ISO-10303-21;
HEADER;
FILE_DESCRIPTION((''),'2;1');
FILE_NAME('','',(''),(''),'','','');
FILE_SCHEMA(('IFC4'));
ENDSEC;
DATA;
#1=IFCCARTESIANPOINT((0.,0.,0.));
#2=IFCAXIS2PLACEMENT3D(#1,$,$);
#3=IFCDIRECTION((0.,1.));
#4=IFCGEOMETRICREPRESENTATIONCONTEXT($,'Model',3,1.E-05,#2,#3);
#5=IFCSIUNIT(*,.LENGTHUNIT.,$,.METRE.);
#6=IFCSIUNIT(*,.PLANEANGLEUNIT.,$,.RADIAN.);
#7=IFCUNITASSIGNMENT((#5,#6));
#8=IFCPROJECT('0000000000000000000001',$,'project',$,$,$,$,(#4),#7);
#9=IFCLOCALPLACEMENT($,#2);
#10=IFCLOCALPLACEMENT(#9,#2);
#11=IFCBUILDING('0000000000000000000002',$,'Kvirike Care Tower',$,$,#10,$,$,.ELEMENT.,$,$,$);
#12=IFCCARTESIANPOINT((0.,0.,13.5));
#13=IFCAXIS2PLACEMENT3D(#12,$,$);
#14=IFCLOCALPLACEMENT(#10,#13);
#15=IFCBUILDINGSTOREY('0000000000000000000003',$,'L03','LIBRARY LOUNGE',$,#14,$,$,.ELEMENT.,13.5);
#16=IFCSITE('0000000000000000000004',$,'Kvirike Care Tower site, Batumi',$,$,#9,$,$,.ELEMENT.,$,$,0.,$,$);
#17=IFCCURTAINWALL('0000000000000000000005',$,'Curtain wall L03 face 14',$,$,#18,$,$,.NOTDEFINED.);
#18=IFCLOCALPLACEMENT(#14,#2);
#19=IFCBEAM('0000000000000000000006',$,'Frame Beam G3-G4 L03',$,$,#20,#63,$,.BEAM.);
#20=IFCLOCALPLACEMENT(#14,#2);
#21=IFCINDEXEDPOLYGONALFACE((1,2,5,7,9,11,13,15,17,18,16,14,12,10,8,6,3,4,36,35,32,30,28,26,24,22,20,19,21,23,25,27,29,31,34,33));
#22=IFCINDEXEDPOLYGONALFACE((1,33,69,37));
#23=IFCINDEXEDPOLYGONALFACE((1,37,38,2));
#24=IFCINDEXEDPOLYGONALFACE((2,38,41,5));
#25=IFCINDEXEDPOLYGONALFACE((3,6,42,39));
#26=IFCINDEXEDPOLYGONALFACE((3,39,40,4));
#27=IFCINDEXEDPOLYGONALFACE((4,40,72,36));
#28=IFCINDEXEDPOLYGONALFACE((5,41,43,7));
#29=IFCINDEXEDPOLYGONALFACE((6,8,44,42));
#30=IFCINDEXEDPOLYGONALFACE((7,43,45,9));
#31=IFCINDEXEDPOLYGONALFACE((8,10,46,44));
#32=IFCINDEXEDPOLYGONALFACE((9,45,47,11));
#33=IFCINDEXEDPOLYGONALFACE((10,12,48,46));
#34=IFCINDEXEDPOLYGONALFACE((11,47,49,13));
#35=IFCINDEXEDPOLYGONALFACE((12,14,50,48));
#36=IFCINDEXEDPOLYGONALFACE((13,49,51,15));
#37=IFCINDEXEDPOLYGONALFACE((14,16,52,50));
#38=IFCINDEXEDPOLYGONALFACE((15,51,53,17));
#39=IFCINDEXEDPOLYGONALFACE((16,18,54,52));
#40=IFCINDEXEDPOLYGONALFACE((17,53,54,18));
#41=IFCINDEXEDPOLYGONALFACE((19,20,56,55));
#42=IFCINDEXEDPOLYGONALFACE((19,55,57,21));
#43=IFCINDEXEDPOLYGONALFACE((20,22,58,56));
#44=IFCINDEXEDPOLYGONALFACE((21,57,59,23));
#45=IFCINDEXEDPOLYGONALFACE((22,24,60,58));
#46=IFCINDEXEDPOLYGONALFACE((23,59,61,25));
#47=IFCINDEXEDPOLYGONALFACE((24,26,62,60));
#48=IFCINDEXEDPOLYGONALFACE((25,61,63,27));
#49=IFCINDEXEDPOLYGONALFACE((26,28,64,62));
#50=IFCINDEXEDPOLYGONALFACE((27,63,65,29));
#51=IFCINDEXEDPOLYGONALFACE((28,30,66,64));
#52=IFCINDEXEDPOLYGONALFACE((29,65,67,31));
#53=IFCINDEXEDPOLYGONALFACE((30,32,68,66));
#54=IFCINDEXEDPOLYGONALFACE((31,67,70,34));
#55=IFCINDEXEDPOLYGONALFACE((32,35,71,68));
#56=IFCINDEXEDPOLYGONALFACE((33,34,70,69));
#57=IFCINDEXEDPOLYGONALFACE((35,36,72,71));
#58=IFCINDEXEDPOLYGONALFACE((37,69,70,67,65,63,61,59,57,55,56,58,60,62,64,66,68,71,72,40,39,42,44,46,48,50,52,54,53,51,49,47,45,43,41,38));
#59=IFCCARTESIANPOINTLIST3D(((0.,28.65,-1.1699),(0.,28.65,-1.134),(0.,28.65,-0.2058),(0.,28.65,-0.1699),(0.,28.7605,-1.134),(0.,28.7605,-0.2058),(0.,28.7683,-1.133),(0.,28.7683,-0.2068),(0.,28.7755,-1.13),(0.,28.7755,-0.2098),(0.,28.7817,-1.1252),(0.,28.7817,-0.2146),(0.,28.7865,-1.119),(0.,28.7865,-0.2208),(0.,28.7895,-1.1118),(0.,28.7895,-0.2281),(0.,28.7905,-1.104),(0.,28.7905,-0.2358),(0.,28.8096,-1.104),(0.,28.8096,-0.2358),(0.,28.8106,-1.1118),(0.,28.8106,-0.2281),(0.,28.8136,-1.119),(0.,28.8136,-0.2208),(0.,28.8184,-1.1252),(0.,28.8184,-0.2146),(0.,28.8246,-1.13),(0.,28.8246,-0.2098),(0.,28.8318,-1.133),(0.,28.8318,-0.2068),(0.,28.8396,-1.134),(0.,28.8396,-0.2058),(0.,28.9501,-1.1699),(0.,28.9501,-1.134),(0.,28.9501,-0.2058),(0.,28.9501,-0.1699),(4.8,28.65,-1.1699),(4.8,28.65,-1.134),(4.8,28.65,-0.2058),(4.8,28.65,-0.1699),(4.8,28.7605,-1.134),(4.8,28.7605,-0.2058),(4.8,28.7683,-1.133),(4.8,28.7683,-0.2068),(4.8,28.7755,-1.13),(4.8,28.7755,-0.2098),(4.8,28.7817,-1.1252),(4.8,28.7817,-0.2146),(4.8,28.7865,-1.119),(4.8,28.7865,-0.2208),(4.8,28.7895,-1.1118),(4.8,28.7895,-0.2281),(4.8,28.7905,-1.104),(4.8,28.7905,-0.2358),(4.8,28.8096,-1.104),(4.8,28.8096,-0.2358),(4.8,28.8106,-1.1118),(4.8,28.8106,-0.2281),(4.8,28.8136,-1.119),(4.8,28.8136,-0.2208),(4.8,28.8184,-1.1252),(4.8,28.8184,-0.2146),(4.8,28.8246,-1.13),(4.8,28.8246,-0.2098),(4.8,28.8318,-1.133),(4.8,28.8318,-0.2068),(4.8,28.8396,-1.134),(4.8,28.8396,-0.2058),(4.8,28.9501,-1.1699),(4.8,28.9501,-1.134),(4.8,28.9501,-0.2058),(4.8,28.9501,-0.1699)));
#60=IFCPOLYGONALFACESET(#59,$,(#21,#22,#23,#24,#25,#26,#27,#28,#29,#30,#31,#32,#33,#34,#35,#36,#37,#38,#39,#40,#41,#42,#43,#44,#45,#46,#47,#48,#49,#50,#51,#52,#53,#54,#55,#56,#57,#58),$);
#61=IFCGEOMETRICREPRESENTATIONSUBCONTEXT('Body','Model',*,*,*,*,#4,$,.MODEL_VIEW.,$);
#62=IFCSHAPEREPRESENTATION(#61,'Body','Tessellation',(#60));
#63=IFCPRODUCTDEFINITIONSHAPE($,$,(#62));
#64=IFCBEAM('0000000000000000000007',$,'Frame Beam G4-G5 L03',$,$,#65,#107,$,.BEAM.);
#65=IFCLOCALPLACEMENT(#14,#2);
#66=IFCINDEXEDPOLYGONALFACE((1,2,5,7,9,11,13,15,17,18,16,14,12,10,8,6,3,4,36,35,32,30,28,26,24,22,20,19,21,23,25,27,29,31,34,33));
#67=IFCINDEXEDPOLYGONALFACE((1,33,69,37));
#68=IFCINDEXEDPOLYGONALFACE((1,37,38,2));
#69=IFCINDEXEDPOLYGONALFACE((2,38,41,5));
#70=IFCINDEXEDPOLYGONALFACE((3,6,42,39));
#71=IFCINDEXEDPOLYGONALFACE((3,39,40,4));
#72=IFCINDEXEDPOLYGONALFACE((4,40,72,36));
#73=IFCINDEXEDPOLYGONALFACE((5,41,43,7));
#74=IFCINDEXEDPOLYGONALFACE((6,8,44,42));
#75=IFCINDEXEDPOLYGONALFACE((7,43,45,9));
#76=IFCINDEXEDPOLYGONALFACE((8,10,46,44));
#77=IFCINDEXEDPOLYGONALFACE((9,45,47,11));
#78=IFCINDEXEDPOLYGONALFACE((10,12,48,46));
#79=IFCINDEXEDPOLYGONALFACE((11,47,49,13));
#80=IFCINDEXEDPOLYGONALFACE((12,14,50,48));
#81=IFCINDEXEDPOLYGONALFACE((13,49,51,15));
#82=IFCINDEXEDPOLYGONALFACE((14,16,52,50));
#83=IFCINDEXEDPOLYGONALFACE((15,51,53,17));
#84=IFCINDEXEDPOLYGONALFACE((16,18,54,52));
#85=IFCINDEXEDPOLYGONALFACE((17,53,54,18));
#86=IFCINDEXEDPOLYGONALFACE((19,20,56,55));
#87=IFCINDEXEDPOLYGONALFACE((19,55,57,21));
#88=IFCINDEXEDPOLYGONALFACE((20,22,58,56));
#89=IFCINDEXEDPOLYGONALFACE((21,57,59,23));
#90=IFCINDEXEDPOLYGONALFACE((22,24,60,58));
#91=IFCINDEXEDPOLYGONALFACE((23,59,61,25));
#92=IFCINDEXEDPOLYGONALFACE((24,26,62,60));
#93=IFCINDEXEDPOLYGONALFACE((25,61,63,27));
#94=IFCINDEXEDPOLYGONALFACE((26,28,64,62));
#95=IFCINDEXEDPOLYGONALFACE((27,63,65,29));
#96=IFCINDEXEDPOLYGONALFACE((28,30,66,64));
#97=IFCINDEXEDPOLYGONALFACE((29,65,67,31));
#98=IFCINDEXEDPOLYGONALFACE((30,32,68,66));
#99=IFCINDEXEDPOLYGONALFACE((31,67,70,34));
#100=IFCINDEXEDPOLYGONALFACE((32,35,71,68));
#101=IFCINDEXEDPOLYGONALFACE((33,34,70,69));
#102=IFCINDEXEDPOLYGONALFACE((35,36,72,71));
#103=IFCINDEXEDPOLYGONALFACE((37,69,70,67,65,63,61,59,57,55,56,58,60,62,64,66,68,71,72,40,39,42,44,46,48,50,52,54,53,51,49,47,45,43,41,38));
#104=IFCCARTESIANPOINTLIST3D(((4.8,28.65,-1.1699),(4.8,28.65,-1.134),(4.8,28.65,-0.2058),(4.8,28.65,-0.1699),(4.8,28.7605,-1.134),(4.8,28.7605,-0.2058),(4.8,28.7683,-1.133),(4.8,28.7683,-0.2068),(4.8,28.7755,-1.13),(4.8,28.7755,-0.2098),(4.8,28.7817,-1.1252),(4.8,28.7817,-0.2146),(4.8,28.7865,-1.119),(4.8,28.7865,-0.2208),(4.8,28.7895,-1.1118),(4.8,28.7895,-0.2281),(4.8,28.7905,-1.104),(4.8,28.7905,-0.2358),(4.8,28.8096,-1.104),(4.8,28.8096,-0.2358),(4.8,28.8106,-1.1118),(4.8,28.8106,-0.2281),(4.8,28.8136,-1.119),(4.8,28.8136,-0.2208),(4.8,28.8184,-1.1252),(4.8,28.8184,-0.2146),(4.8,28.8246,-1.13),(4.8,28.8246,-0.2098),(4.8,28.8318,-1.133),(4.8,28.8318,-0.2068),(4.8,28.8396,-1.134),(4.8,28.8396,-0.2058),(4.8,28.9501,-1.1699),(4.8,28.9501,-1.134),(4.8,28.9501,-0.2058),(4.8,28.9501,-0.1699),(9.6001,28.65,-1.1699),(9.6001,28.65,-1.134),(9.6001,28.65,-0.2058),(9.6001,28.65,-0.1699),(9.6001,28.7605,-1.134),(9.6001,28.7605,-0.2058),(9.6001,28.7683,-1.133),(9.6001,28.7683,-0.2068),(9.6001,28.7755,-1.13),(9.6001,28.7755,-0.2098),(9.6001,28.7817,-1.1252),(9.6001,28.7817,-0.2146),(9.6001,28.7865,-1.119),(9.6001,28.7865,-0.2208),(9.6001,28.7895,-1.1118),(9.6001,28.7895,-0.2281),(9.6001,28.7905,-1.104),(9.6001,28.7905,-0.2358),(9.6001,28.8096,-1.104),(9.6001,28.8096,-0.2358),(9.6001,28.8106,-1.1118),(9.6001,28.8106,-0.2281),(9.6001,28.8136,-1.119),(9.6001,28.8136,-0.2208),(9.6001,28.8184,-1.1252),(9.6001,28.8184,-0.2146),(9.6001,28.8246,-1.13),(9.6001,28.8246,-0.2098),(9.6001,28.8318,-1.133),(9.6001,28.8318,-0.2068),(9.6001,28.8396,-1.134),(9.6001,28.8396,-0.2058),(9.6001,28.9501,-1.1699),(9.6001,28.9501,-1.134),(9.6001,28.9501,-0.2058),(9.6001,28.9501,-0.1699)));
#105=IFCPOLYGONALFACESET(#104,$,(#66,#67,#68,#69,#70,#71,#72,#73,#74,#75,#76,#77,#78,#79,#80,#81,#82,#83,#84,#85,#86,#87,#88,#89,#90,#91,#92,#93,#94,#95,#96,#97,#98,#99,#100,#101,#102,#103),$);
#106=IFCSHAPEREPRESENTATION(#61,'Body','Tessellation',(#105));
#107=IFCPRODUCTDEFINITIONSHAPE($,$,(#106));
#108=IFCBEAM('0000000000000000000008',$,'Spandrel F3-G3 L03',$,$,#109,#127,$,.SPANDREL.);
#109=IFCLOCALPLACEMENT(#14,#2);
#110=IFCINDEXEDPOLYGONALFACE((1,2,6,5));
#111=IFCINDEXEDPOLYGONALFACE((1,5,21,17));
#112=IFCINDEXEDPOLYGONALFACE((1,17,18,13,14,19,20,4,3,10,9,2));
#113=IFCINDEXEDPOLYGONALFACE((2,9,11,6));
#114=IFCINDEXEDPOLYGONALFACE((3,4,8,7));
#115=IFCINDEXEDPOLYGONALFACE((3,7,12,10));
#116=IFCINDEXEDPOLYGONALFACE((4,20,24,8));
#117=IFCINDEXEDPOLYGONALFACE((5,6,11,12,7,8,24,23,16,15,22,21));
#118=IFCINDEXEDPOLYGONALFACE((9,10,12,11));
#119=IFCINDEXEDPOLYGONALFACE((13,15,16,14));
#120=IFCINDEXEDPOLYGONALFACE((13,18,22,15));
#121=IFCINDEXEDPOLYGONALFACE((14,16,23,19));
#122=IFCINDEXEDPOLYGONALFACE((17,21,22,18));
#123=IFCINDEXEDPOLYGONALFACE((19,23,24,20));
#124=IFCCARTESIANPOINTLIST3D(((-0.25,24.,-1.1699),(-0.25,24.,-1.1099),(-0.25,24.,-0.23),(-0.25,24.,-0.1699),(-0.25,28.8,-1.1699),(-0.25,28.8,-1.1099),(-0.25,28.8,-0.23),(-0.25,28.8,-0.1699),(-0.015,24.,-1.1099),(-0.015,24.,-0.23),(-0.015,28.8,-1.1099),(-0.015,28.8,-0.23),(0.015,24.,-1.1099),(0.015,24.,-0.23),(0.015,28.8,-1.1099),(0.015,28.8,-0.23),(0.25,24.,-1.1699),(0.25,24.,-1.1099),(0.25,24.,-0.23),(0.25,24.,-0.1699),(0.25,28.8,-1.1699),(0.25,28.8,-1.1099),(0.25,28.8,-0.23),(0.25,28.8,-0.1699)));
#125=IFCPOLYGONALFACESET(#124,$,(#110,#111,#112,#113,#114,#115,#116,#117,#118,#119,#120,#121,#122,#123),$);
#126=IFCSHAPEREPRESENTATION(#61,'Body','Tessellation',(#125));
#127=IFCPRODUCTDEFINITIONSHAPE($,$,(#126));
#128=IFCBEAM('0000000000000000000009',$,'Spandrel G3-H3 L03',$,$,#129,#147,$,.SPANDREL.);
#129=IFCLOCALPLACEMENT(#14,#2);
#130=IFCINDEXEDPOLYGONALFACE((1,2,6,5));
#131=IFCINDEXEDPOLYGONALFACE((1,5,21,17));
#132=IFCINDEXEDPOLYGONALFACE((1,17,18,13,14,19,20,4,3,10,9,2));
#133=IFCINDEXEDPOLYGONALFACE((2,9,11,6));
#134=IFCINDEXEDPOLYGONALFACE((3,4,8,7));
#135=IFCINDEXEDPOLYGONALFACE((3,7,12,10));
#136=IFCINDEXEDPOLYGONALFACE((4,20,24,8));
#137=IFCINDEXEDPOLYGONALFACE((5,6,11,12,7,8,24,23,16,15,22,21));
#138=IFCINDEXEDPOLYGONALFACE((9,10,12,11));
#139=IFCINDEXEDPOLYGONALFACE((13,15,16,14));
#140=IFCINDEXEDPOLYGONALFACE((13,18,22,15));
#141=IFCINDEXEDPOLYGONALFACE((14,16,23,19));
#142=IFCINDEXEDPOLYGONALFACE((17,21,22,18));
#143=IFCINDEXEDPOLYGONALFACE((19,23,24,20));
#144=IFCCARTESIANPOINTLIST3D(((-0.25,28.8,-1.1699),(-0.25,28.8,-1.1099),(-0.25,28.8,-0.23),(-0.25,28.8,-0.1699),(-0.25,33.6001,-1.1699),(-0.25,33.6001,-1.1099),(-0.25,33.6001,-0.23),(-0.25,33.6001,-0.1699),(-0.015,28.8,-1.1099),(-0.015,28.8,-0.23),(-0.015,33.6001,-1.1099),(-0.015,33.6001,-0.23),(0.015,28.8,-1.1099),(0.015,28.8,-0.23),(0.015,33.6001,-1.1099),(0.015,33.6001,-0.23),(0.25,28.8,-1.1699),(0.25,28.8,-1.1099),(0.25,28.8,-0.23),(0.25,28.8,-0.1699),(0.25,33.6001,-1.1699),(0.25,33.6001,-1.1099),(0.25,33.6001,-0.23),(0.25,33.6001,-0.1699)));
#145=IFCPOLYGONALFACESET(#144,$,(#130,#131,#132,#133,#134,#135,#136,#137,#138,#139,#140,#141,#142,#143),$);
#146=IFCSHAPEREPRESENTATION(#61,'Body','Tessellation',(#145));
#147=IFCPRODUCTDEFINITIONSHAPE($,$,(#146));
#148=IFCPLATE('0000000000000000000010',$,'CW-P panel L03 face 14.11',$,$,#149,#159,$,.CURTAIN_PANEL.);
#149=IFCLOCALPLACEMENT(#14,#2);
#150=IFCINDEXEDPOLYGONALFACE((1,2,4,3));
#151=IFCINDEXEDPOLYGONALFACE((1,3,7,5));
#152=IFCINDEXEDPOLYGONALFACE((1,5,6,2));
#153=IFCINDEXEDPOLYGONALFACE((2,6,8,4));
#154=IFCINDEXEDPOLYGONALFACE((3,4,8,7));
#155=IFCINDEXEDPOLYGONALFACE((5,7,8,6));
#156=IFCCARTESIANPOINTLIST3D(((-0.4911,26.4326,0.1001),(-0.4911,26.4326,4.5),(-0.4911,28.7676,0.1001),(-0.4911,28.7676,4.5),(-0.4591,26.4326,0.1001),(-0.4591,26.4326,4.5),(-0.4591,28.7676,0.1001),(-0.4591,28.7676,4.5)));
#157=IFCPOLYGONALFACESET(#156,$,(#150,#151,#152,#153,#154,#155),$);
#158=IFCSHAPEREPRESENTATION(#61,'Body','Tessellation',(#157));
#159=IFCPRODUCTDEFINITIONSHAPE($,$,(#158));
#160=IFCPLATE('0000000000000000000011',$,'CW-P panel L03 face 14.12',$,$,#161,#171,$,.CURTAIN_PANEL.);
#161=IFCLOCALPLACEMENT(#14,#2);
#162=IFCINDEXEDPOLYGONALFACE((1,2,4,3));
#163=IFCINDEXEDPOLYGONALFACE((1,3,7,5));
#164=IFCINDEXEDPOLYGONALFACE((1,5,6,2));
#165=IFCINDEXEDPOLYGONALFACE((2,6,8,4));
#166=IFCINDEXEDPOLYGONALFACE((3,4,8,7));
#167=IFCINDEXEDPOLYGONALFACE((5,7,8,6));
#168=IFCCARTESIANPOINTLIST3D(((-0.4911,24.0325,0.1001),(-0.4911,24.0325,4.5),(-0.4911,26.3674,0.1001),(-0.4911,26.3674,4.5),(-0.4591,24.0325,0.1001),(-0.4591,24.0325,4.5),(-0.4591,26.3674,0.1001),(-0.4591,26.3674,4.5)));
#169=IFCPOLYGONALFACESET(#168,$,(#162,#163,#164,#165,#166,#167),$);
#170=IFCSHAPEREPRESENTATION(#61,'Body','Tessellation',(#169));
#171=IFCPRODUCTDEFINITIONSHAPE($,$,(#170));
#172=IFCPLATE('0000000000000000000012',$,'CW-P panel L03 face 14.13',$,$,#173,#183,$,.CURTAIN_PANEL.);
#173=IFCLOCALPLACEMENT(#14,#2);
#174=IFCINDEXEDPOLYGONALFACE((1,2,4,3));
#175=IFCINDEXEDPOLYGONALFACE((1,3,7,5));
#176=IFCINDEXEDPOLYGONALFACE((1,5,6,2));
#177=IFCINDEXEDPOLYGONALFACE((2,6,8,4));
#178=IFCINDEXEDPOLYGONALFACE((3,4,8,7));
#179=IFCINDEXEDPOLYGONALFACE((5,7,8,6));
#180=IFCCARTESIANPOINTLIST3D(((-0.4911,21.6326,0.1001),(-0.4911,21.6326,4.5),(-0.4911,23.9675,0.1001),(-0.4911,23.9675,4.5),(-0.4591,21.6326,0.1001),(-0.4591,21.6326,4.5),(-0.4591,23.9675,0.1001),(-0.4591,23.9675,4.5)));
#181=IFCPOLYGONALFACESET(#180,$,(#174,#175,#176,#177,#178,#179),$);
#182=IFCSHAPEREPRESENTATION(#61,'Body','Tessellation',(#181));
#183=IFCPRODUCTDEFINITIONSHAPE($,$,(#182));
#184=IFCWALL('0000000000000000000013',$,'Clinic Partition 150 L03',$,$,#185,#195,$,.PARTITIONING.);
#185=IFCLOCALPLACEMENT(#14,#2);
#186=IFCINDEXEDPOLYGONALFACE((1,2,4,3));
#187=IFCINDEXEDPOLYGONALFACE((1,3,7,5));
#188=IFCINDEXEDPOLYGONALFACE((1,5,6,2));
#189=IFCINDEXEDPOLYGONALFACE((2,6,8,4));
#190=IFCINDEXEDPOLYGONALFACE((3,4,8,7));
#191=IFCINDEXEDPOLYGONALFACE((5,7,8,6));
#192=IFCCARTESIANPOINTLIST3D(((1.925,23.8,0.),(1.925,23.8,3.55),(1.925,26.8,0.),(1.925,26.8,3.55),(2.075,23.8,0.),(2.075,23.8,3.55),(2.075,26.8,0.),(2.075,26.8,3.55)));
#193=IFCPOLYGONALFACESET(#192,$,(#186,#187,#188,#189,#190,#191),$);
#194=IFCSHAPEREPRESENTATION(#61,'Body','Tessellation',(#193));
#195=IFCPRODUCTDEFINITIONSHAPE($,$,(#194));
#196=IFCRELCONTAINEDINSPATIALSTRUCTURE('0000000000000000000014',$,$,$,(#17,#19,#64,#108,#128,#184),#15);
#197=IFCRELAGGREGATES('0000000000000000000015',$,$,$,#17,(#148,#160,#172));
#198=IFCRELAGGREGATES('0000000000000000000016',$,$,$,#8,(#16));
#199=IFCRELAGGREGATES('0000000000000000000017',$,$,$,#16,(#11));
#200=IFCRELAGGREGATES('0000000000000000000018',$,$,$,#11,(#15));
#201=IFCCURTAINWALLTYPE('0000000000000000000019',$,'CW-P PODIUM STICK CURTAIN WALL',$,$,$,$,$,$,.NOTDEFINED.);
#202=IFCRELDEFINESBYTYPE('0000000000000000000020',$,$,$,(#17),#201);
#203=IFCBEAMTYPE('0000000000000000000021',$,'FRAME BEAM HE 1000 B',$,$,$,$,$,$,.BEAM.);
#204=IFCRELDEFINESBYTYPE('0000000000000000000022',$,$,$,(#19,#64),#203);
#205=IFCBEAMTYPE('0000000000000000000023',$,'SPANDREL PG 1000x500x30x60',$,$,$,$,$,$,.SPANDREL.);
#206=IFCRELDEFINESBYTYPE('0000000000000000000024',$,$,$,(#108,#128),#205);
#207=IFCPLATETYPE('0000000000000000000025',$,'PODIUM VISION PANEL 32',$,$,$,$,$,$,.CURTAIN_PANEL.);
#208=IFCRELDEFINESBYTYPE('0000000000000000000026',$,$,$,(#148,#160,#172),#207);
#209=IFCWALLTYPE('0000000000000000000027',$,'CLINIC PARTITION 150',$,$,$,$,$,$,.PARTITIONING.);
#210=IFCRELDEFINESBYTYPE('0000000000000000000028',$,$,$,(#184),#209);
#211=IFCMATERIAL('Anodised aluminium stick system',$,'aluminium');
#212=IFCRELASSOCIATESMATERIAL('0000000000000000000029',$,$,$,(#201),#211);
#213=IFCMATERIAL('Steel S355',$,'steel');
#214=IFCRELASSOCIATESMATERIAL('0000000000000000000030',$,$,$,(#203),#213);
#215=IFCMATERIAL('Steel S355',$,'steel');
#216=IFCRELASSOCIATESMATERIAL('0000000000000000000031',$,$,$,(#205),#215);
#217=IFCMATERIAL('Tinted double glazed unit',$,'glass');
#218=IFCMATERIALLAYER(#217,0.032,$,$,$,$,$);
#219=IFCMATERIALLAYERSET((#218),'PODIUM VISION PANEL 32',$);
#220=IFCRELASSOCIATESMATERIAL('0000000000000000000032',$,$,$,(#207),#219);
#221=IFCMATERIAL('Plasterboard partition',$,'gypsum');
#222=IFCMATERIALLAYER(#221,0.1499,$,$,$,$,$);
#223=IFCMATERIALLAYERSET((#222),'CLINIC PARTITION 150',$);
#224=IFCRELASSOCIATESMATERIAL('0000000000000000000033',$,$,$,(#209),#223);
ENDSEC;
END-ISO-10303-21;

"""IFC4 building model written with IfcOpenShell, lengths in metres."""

from ifc_helpers import new_model, si_unit, direction, frame, frame_2d, origin, origin_2d, place, context, subcontext, project, spatial, rectangle, i_section, extrude, material, layer, layer_set, material_profile, profile_set, type_object, element, aggregate, save


model = new_model("IFC4")

# Units and contexts
model_context = context("Model", 3, precision=1e-05, world=origin(), true_north=direction((0.0, 1.0)))
body_context = subcontext(model_context, "Body", "Model", "MODEL_VIEW")
ifc_project = project(units=[si_unit("LENGTHUNIT", "METRE"), si_unit("PLANEANGLEUNIT", "RADIAN")], contexts=[model_context])

# Site, building, storey
site_placement = place(None, origin())
site = spatial("IfcSite", under=ifc_project, at=site_placement, Name="Kvirike Care Tower site, Batumi", CompositionType="ELEMENT", RefElevation=0.0)
building_placement = place(site_placement, origin())
building = spatial("IfcBuilding", under=site, at=building_placement, Name="Kvirike Care Tower", CompositionType="ELEMENT")
storey_placement = place(building_placement, frame((0.0, 0.0, 13.5)))
storey = spatial("IfcBuildingStorey", under=building, at=storey_placement, Name="L03", Description="LIBRARY LOUNGE", CompositionType="ELEMENT", Elevation=13.5)

# Curtain wall
ifc_material_1 = material(Name="Anodised aluminium stick system", Category="aluminium")
curtain_wall_type = type_object("IfcCurtainWallType", Name="CW-P PODIUM STICK CURTAIN WALL", PredefinedType="NOTDEFINED", material=ifc_material_1)
curtain_wall_placement = place(storey_placement, origin())
curtain_wall = element("IfcCurtainWall", 1, at=curtain_wall_placement, inside=storey, type_object=curtain_wall_type, Name="Curtain wall L03 face 14", PredefinedType="NOTDEFINED")

# Beams
ifc_material_2 = material(Name="Steel S355", Category="steel")
ifc_material_profile_1 = material_profile(ifc_material_2, i_section(OverallWidth=0.3, OverallDepth=1.0, WebThickness=0.019, FlangeThickness=0.0359, FilletRadius=0.03, at=origin_2d()), Name="HE 1000 B")
ifc_profile_set_1 = profile_set([ifc_material_profile_1], Name="Steel S355")
beam_type_1 = type_object("IfcBeamType", Name="FRAME BEAM HE 1000 B", PredefinedType="BEAM", material=ifc_profile_set_1)
for number, where, z_axis, x_axis, name in (
    (2, (0.0, 28.8, -0.6699), (1.0, 0.0, 0.0), (0.0, 1.0, 0.0), "Frame Beam G3-G4 L03"),
    (3, (4.8, 28.8, -0.6699), (1.0, 0.0, 0.0), (0.0, 1.0, 0.0), "Frame Beam G4-G5 L03"),
):
    element("IfcBeam", number, at=place(storey_placement, frame(where, z_axis=z_axis, x_axis=x_axis)), inside=storey, type_object=beam_type_1, Name=name, PredefinedType="BEAM", context=body_context, shape_type="SweptSolid", body=[
        extrude(i_section(OverallWidth=0.3, OverallDepth=1.0, WebThickness=0.019, FlangeThickness=0.0359, FilletRadius=0.03, at=origin_2d()), origin(), (0.0, 0.0, 1.0), 4.8),
    ])
ifc_material_3 = material(Name="Steel S355", Category="steel")
ifc_material_profile_2 = material_profile(ifc_material_3, i_section(OverallWidth=0.5, OverallDepth=1.0, WebThickness=0.03, FlangeThickness=0.0601, at=origin_2d()), Name="PG 1000x500x30x60")
ifc_profile_set_2 = profile_set([ifc_material_profile_2], Name="Steel S355")
beam_type_2 = type_object("IfcBeamType", Name="SPANDREL PG 1000x500x30x60", PredefinedType="SPANDREL", material=ifc_profile_set_2)
for number, where, z_axis, x_axis, name in (
    (4, (0.0, 24.0, -0.6699), (0.0, 1.0, 0.0), (-1.0, 0.0, 0.0), "Spandrel F3-G3 L03"),
    (5, (0.0, 28.8, -0.6699), (0.0, 1.0, 0.0), (-1.0, 0.0, 0.0), "Spandrel G3-H3 L03"),
):
    element("IfcBeam", number, at=place(storey_placement, frame(where, z_axis=z_axis, x_axis=x_axis)), inside=storey, type_object=beam_type_2, Name=name, PredefinedType="SPANDREL", context=body_context, shape_type="SweptSolid", body=[
        extrude(i_section(OverallWidth=0.5, OverallDepth=1.0, WebThickness=0.03, FlangeThickness=0.0601, at=origin_2d()), origin(), (0.0, 0.0, 1.0), 4.8),
    ])

# Plates
ifc_material_4 = material(Name="Tinted double glazed unit", Category="glass")
ifc_layer_1 = layer(ifc_material_4, 0.032)
ifc_layer_set_1 = layer_set([ifc_layer_1], Name="PODIUM VISION PANEL 32")
plate_type = type_object("IfcPlateType", Name="PODIUM VISION PANEL 32", PredefinedType="CURTAIN_PANEL", material=ifc_layer_set_1)
plate_1_placement = place(storey_placement, frame((-0.4751, 27.6001, 0.1001), z_axis=(0.0, 0.0, 1.0), x_axis=(0.0, -1.0, 0.0)))
plate_1 = element("IfcPlate", 6, at=plate_1_placement, type_object=plate_type, Name="CW-P panel L03 face 14.11", PredefinedType="CURTAIN_PANEL", context=body_context, shape_type="SweptSolid", body=[
    extrude(rectangle(XDim=2.335, YDim=0.032, at=origin_2d()), origin(), (0.0, 0.0, 1.0), 4.3999),
])
plate_2_placement = place(storey_placement, frame((-0.4751, 25.2, 0.1001), z_axis=(0.0, 0.0, 1.0), x_axis=(0.0, -1.0, 0.0)))
plate_2 = element("IfcPlate", 7, at=plate_2_placement, type_object=plate_type, Name="CW-P panel L03 face 14.12", PredefinedType="CURTAIN_PANEL", context=body_context, shape_type="SweptSolid", body=[
    extrude(rectangle(XDim=2.335, YDim=0.032, at=origin_2d()), origin(), (0.0, 0.0, 1.0), 4.3999),
])
plate_3_placement = place(storey_placement, frame((-0.4751, 22.8, 0.1001), z_axis=(0.0, 0.0, 1.0), x_axis=(0.0, -1.0, 0.0)))
plate_3 = element("IfcPlate", 8, at=plate_3_placement, type_object=plate_type, Name="CW-P panel L03 face 14.13", PredefinedType="CURTAIN_PANEL", context=body_context, shape_type="SweptSolid", body=[
    extrude(rectangle(XDim=2.335, YDim=0.032, at=origin_2d()), origin(), (0.0, 0.0, 1.0), 4.3999),
])
aggregate(curtain_wall, [plate_1, plate_2, plate_3])

# Wall
ifc_material_5 = material(Name="Plasterboard partition", Category="gypsum")
ifc_layer_2 = layer(ifc_material_5, 0.1499)
ifc_layer_set_2 = layer_set([ifc_layer_2], Name="CLINIC PARTITION 150")
wall_type_1 = type_object("IfcWallType", Name="CLINIC PARTITION 150", PredefinedType="PARTITIONING", material=ifc_layer_set_2)
wall_1_placement = place(storey_placement, frame((2.0, 23.8, 0.0), z_axis=(0.0, 0.0, 1.0), x_axis=(0.0, 1.0, 0.0)))
element("IfcWall", 9, at=wall_1_placement, inside=storey, type_object=wall_type_1, Name="Clinic Partition 150 L03", PredefinedType="PARTITIONING", context=body_context, shape_type="SweptSolid", body=[
    extrude(rectangle(XDim=3.0, YDim=0.1499, at=frame_2d((1.5, 0.0))), origin(), (0.0, 0.0, 1.0), 3.55),
])

save(model, "model.ifc")
